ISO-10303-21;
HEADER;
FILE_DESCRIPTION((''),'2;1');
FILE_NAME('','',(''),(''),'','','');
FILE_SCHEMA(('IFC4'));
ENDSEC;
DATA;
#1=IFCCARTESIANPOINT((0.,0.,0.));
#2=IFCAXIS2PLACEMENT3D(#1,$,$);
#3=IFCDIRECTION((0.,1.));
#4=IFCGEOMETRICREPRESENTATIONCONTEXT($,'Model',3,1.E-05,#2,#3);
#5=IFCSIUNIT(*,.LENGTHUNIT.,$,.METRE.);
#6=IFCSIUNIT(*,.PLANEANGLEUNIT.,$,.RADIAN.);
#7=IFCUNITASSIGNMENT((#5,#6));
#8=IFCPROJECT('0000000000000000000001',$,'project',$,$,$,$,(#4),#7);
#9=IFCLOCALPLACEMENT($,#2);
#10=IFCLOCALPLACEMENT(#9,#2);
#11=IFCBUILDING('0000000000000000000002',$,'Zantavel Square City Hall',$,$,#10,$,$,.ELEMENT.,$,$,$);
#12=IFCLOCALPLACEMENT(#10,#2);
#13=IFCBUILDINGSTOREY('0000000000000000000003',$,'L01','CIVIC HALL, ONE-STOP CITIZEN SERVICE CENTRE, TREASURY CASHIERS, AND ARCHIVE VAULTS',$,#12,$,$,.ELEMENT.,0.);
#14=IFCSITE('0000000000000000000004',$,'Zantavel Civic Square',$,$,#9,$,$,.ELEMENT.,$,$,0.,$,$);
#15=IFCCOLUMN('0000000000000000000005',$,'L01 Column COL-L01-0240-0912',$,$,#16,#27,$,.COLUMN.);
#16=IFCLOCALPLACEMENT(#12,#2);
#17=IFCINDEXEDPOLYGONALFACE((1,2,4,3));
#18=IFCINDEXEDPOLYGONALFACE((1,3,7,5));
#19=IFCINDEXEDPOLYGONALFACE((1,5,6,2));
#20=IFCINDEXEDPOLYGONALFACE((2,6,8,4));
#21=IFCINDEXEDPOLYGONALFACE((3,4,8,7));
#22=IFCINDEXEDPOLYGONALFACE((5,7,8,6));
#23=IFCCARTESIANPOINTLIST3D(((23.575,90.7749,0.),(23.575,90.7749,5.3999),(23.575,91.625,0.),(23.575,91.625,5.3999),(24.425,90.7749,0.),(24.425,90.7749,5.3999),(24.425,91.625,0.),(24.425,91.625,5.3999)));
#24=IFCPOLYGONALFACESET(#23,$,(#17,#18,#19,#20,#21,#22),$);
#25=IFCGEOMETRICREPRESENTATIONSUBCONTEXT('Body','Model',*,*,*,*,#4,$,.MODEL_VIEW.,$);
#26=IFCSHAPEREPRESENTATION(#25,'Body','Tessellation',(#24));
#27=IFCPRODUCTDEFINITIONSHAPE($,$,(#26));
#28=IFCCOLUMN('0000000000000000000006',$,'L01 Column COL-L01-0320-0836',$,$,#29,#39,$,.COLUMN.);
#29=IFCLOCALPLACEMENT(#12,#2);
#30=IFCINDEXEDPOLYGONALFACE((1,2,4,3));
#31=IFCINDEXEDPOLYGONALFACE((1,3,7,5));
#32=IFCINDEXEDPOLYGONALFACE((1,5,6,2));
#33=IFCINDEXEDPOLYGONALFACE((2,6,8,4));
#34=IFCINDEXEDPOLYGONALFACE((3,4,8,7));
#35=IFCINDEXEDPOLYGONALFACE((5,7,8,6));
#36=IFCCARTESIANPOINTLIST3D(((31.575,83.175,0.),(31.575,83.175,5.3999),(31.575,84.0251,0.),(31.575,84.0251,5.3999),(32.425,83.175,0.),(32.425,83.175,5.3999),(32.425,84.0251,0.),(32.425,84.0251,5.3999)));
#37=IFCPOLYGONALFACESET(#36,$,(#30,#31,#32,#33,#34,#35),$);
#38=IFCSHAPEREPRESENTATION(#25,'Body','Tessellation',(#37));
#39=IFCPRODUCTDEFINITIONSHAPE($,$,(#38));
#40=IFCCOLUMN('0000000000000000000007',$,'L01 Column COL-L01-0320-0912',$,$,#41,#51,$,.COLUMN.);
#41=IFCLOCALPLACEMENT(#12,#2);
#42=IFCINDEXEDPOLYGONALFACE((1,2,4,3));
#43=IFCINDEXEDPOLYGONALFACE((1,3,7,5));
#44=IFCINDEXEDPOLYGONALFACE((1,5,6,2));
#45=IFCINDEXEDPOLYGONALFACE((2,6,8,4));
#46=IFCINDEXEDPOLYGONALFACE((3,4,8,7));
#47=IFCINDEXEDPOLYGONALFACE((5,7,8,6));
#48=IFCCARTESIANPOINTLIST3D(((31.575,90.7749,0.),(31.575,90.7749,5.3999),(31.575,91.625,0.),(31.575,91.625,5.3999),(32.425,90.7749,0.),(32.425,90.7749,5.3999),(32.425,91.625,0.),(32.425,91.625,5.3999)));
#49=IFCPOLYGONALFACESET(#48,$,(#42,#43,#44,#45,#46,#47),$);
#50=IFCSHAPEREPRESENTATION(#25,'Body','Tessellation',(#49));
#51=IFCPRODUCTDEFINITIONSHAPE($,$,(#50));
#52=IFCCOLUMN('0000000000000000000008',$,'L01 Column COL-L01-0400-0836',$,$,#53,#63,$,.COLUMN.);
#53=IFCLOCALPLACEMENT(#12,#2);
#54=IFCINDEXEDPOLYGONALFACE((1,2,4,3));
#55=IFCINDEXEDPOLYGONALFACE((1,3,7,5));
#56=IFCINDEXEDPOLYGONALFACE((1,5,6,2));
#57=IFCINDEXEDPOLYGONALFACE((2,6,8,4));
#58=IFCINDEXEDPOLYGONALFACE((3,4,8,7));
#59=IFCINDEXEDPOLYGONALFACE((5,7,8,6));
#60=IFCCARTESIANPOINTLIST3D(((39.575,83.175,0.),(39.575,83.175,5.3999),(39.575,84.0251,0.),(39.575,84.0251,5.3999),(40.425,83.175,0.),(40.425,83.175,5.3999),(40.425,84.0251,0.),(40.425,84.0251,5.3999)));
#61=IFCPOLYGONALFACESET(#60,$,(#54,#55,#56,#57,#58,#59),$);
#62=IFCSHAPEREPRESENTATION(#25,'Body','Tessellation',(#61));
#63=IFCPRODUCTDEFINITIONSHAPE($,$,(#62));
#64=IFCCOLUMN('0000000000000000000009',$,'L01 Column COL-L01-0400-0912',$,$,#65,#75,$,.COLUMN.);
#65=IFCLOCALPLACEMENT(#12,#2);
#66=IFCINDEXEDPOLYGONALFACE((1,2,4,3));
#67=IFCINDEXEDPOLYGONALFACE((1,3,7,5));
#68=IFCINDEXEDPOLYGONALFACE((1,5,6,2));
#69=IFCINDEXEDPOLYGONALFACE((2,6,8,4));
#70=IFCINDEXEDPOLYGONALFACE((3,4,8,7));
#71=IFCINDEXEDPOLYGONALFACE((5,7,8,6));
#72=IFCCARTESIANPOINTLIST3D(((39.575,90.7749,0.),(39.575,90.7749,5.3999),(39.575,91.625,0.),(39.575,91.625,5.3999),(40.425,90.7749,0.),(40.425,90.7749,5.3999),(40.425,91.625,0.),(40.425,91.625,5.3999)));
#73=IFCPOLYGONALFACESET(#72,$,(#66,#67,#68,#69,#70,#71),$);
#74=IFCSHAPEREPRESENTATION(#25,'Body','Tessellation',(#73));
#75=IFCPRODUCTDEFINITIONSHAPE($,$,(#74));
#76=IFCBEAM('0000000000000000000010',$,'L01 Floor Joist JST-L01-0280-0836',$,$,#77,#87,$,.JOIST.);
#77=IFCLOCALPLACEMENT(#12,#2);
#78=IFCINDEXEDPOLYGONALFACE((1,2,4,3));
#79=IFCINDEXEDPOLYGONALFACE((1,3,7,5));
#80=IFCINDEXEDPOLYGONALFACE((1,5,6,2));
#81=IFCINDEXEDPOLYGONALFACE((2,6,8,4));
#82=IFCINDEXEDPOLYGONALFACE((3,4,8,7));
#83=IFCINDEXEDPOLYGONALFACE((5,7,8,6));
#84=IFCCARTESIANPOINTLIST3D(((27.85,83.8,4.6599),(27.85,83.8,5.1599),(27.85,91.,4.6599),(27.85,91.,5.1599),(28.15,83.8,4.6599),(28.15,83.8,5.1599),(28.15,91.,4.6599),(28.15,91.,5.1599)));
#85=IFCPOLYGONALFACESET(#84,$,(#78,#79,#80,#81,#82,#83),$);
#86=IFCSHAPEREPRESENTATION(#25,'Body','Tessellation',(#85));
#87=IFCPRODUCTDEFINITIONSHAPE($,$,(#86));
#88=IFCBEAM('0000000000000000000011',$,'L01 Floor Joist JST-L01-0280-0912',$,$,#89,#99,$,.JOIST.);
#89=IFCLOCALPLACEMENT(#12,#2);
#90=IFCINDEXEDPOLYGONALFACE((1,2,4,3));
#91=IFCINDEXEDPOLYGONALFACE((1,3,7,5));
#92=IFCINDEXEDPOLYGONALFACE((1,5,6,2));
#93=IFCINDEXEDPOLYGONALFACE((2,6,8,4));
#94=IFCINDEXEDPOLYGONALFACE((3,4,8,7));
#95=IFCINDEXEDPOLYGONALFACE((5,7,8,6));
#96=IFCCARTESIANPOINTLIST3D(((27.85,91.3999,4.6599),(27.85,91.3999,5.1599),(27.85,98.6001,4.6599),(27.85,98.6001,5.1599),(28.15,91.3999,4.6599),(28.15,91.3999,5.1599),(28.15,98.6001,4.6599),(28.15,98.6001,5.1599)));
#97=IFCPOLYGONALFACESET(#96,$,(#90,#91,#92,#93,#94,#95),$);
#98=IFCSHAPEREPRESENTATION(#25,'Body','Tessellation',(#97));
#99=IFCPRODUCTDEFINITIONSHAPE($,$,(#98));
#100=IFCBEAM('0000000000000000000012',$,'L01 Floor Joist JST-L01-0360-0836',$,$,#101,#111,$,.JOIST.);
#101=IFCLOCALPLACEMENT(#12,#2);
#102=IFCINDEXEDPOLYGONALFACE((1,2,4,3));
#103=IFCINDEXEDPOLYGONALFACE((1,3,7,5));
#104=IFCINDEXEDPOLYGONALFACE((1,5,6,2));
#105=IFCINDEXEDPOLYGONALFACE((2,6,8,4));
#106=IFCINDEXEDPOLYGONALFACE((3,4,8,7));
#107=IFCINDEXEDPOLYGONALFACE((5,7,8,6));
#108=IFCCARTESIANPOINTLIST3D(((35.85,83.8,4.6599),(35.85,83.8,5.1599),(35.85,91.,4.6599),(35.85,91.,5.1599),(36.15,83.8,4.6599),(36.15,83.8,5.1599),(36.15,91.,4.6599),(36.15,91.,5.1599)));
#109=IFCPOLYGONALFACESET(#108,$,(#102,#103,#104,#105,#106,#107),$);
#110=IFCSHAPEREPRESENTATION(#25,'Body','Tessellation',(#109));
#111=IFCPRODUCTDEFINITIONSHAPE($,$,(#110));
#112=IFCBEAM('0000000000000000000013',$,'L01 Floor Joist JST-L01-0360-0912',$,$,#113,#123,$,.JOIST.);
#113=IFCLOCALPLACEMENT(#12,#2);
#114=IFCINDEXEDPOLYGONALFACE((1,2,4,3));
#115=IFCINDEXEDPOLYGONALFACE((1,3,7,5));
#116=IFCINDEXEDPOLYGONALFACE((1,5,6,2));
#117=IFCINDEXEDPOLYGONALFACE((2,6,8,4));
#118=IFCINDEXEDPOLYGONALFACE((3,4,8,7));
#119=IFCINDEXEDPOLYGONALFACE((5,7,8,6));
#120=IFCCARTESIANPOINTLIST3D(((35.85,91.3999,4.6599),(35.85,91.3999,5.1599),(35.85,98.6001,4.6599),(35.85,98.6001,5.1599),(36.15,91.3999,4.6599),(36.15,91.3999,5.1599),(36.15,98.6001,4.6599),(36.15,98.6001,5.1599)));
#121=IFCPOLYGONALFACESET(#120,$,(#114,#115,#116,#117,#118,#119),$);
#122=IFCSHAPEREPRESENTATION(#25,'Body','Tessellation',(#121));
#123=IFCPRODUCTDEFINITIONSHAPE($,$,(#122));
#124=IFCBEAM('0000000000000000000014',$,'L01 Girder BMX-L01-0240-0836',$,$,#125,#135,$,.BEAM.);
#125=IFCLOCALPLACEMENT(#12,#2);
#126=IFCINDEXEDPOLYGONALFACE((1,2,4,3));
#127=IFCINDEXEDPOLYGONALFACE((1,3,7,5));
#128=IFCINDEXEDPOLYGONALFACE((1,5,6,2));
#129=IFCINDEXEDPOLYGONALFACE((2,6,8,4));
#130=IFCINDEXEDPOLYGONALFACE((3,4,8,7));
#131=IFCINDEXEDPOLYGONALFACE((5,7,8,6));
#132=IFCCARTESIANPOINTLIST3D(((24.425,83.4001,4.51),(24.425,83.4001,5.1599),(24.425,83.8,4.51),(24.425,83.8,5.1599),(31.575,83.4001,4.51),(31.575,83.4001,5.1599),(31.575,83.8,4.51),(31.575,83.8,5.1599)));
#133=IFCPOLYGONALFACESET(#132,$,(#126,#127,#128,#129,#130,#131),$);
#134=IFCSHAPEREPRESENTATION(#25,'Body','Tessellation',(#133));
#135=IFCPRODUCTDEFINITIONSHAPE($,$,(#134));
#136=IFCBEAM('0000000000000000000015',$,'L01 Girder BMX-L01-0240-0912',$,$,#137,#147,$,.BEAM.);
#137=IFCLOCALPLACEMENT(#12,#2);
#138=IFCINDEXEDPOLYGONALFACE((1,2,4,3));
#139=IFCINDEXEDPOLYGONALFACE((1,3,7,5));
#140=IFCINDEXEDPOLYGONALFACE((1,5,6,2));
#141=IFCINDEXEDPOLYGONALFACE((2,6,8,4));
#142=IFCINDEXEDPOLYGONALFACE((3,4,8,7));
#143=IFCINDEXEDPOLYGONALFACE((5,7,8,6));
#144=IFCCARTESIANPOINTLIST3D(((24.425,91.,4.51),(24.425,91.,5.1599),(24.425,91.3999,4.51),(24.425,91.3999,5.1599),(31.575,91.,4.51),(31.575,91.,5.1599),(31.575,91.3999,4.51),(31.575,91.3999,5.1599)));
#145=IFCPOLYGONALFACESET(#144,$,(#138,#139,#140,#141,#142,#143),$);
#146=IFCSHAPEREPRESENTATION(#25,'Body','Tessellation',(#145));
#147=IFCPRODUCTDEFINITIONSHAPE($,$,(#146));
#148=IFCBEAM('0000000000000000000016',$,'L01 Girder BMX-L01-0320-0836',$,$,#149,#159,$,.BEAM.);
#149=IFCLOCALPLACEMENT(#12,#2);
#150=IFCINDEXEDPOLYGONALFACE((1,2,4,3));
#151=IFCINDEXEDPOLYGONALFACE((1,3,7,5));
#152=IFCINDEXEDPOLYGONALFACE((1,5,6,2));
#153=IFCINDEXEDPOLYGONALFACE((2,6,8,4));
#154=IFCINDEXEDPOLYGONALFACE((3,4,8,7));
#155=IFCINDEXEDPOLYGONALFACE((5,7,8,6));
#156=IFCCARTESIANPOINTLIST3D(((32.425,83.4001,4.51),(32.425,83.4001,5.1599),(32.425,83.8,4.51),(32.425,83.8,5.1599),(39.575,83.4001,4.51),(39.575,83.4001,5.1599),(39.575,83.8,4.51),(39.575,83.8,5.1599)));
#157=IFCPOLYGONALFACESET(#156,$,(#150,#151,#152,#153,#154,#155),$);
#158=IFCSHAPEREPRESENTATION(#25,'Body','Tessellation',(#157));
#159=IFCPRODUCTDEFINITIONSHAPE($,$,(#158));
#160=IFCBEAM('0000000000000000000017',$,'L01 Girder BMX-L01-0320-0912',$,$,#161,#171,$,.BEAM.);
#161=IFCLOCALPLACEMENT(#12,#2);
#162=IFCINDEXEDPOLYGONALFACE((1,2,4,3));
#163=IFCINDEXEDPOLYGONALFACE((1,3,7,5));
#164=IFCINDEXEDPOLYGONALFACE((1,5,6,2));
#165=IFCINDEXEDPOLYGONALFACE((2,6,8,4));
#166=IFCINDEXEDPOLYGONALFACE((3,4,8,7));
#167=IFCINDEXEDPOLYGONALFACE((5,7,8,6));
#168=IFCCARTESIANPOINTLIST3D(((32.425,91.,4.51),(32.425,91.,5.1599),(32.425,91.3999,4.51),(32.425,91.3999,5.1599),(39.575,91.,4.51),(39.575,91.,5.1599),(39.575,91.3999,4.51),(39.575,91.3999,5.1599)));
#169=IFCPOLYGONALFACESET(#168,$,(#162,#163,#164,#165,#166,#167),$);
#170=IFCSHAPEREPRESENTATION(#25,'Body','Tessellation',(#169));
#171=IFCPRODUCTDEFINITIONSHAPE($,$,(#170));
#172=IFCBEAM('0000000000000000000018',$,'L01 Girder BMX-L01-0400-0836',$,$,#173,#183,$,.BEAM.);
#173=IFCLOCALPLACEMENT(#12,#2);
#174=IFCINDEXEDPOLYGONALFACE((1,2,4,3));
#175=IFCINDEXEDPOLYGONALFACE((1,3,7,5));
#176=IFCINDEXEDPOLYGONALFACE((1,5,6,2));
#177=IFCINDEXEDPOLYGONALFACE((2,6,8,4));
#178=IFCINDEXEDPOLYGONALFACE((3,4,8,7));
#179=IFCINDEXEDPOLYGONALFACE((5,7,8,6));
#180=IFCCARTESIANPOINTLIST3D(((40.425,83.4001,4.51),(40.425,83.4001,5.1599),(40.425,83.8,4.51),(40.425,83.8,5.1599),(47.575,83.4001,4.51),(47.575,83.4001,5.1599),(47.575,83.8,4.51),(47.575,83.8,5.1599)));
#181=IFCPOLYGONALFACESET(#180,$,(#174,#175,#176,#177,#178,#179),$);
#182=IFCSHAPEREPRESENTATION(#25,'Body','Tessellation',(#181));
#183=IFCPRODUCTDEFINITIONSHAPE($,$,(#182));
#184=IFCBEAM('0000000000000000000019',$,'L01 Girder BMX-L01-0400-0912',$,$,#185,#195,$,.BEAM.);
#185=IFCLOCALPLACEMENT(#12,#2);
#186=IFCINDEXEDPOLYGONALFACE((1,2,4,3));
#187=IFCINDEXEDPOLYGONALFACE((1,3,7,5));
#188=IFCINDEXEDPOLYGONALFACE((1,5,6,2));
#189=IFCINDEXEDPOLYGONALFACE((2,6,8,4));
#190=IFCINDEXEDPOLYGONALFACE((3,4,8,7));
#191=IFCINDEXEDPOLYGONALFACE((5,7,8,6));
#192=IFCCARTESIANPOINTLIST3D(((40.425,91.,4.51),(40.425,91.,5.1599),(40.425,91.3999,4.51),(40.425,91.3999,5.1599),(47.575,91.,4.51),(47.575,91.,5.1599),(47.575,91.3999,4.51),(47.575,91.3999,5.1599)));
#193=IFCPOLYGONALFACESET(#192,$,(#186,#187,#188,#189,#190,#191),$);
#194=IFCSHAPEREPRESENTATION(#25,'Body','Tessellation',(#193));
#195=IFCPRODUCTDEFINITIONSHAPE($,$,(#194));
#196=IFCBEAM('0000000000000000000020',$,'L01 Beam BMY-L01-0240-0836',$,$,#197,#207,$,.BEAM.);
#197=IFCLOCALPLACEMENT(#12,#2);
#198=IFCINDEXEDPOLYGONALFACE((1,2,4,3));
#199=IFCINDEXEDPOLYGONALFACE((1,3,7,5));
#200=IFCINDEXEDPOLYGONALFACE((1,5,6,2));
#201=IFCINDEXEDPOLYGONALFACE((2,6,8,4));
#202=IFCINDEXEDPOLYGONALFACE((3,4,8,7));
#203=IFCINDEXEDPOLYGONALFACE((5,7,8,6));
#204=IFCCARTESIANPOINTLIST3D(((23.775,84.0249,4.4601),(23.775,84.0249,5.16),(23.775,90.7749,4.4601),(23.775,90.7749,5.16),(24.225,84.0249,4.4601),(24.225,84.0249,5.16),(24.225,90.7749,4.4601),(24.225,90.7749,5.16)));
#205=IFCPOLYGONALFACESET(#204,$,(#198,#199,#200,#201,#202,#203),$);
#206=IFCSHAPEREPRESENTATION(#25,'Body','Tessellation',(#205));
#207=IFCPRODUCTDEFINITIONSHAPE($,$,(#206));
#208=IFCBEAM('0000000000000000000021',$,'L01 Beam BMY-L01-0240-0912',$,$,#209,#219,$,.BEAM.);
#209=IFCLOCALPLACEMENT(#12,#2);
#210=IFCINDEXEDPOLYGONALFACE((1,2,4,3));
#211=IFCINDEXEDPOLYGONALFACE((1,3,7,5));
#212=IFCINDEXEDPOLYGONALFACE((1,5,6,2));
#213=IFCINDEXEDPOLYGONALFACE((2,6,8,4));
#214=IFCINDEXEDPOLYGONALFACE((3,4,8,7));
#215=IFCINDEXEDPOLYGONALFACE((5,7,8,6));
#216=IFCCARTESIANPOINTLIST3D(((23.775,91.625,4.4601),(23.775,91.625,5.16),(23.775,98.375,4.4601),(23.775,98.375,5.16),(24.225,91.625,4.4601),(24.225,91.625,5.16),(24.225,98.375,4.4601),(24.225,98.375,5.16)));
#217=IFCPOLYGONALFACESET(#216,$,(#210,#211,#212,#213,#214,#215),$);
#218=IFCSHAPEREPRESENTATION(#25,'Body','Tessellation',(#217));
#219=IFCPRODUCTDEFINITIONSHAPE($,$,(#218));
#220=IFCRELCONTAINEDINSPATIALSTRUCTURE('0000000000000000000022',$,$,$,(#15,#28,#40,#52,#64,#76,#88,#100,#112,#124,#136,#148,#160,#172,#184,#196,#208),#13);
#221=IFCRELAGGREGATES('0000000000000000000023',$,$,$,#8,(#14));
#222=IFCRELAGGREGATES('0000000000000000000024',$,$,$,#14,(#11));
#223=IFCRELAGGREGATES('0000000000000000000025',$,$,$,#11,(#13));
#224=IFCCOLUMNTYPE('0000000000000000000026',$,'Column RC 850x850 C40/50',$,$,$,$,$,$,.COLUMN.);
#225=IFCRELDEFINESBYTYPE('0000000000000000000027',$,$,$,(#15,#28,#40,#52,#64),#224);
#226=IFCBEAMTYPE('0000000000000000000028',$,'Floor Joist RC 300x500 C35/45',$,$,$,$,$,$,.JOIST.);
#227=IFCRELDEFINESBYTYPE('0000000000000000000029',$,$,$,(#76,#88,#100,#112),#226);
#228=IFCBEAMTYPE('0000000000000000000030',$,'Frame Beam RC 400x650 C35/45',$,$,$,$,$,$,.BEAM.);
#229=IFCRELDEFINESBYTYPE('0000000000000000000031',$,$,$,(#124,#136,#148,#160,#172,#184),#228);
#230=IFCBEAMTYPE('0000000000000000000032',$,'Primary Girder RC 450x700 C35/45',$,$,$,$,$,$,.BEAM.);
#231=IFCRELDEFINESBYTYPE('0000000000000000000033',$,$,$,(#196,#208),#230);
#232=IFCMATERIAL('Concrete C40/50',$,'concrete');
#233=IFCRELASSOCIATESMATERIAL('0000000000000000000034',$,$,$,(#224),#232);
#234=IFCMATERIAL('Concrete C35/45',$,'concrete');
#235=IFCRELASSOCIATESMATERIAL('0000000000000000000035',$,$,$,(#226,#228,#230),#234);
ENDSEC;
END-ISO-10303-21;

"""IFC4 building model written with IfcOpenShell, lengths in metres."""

from ifc_helpers import new_model, si_unit, direction, frame, origin, origin_2d, place, context, subcontext, project, spatial, rectangle, extrude, material, material_profile, profile_set, type_object, element, save


model = new_model("IFC4")

# Units and contexts
model_context = context("Model", 3, precision=1e-05, world=origin(), true_north=direction((0.0, 1.0)))
body_context = subcontext(model_context, "Body", "Model", "MODEL_VIEW")
ifc_project = project(units=[si_unit("LENGTHUNIT", "METRE"), si_unit("PLANEANGLEUNIT", "RADIAN")], contexts=[model_context])

# Site, building, storey
site_placement = place(None, origin())
site = spatial("IfcSite", under=ifc_project, at=site_placement, Name="Zantavel Civic Square", CompositionType="ELEMENT", RefElevation=0.0)
building_placement = place(site_placement, origin())
building = spatial("IfcBuilding", under=site, at=building_placement, Name="Zantavel Square City Hall", CompositionType="ELEMENT")
storey_placement = place(building_placement, origin())
storey = spatial("IfcBuildingStorey", under=building, at=storey_placement, Name="L01", Description="CIVIC HALL, ONE-STOP CITIZEN SERVICE CENTRE, TREASURY CASHIERS, AND ARCHIVE VAULTS", CompositionType="ELEMENT", Elevation=0.0)

# Columns
ifc_material_1 = material(Name="Concrete C40/50", Category="concrete")
ifc_material_profile_1 = material_profile(ifc_material_1, rectangle(XDim=0.8501, YDim=0.8501, at=origin_2d()), Name="RC 850x850")
ifc_profile_set_1 = profile_set([ifc_material_profile_1], Name="Concrete C40/50")
column_type = type_object("IfcColumnType", Name="Column RC 850x850 C40/50", PredefinedType="COLUMN", material=ifc_profile_set_1)
for number, where, z_axis, x_axis, name in (
    (1, (24.0, 91.2, 0.0), (0.0, 0.0, 1.0), (1.0, 0.0, 0.0), "L01 Column COL-L01-0240-0912"),
    (2, (32.0, 83.6001, 0.0), (0.0, 0.0, 1.0), (1.0, 0.0, 0.0), "L01 Column COL-L01-0320-0836"),
    (3, (32.0, 91.2, 0.0), (0.0, 0.0, 1.0), (1.0, 0.0, 0.0), "L01 Column COL-L01-0320-0912"),
    (4, (40.0, 83.6001, 0.0), (0.0, 0.0, 1.0), (1.0, 0.0, 0.0), "L01 Column COL-L01-0400-0836"),
    (5, (40.0, 91.2, 0.0), (0.0, 0.0, 1.0), (1.0, 0.0, 0.0), "L01 Column COL-L01-0400-0912"),
):
    element("IfcColumn", number, at=place(storey_placement, frame(where, z_axis=z_axis, x_axis=x_axis)), inside=storey, type_object=column_type, Name=name, PredefinedType="COLUMN", context=body_context, shape_type="SweptSolid", body=[
        extrude(rectangle(XDim=0.8501, YDim=0.8501, at=origin_2d()), origin(), (0.0, 0.0, 1.0), 5.3999),
    ])

# Beams
ifc_material_2 = material(Name="Concrete C35/45", Category="concrete")
ifc_material_profile_2 = material_profile(ifc_material_2, rectangle(XDim=0.3, YDim=0.5, at=origin_2d()), Name="RC 300x500")
ifc_profile_set_2 = profile_set([ifc_material_profile_2], Name="Concrete C35/45")
beam_type_1 = type_object("IfcBeamType", Name="Floor Joist RC 300x500 C35/45", PredefinedType="JOIST", material=ifc_profile_set_2)
beam_1_placement = place(storey_placement, frame((28.0, 83.8, 4.9099), z_axis=(0.0, 1.0, 0.0), x_axis=(-1.0, 0.0, 0.0)))
element("IfcBeam", 6, at=beam_1_placement, inside=storey, type_object=beam_type_1, Name="L01 Floor Joist JST-L01-0280-0836", PredefinedType="JOIST", context=body_context, shape_type="SweptSolid", body=[
    extrude(rectangle(XDim=0.3, YDim=0.5, at=origin_2d()), origin(), (0.0, 0.0, 1.0), 7.2),
])
beam_2_placement = place(storey_placement, frame((28.0, 91.3999, 4.9099), z_axis=(0.0, 1.0, 0.0), x_axis=(-1.0, 0.0, 0.0)))
element("IfcBeam", 7, at=beam_2_placement, inside=storey, type_object=beam_type_1, Name="L01 Floor Joist JST-L01-0280-0912", PredefinedType="JOIST", context=body_context, shape_type="SweptSolid", body=[
    extrude(rectangle(XDim=0.3, YDim=0.5, at=origin_2d()), origin(), (0.0, 0.0, 1.0), 7.2002),
])
beam_3_placement = place(storey_placement, frame((36.0, 83.8, 4.9099), z_axis=(0.0, 1.0, 0.0), x_axis=(-1.0, 0.0, 0.0)))
element("IfcBeam", 8, at=beam_3_placement, inside=storey, type_object=beam_type_1, Name="L01 Floor Joist JST-L01-0360-0836", PredefinedType="JOIST", context=body_context, shape_type="SweptSolid", body=[
    extrude(rectangle(XDim=0.3, YDim=0.5, at=origin_2d()), origin(), (0.0, 0.0, 1.0), 7.2),
])
beam_4_placement = place(storey_placement, frame((36.0, 91.3999, 4.9099), z_axis=(0.0, 1.0, 0.0), x_axis=(-1.0, 0.0, 0.0)))
element("IfcBeam", 9, at=beam_4_placement, inside=storey, type_object=beam_type_1, Name="L01 Floor Joist JST-L01-0360-0912", PredefinedType="JOIST", context=body_context, shape_type="SweptSolid", body=[
    extrude(rectangle(XDim=0.3, YDim=0.5, at=origin_2d()), origin(), (0.0, 0.0, 1.0), 7.2002),
])
ifc_material_profile_3 = material_profile(ifc_material_2, rectangle(XDim=0.3999, YDim=0.6499, at=origin_2d()), Name="RC 400x650")
ifc_profile_set_3 = profile_set([ifc_material_profile_3], Name="Concrete C35/45")
beam_type_2 = type_object("IfcBeamType", Name="Frame Beam RC 400x650 C35/45", PredefinedType="BEAM", material=ifc_profile_set_3)
for number, where, z_axis, x_axis, name in (
    (10, (24.425, 83.6001, 4.835), (1.0, 0.0, 0.0), (0.0, 1.0, 0.0), "L01 Girder BMX-L01-0240-0836"),
    (11, (24.425, 91.2, 4.835), (1.0, 0.0, 0.0), (0.0, 1.0, 0.0), "L01 Girder BMX-L01-0240-0912"),
    (12, (32.425, 83.6001, 4.835), (1.0, 0.0, 0.0), (0.0, 1.0, 0.0), "L01 Girder BMX-L01-0320-0836"),
    (13, (32.425, 91.2, 4.835), (1.0, 0.0, 0.0), (0.0, 1.0, 0.0), "L01 Girder BMX-L01-0320-0912"),
    (14, (40.425, 83.6001, 4.835), (1.0, 0.0, 0.0), (0.0, 1.0, 0.0), "L01 Girder BMX-L01-0400-0836"),
    (15, (40.425, 91.2, 4.835), (1.0, 0.0, 0.0), (0.0, 1.0, 0.0), "L01 Girder BMX-L01-0400-0912"),
):
    element("IfcBeam", number, at=place(storey_placement, frame(where, z_axis=z_axis, x_axis=x_axis)), inside=storey, type_object=beam_type_2, Name=name, PredefinedType="BEAM", context=body_context, shape_type="SweptSolid", body=[
        extrude(rectangle(XDim=0.3999, YDim=0.6499, at=origin_2d()), origin(), (0.0, 0.0, 1.0), 7.1499),
    ])
ifc_material_profile_4 = material_profile(ifc_material_2, rectangle(XDim=0.45, YDim=0.7, at=origin_2d()), Name="RC 450x700")
ifc_profile_set_4 = profile_set([ifc_material_profile_4], Name="Concrete C35/45")
beam_type_3 = type_object("IfcBeamType", Name="Primary Girder RC 450x700 C35/45", PredefinedType="BEAM", material=ifc_profile_set_4)
for number, where, z_axis, x_axis, name in (
    (16, (24.0, 84.0249, 4.8101), (0.0, 1.0, 0.0), (-1.0, 0.0, 0.0), "L01 Beam BMY-L01-0240-0836"),
    (17, (24.0, 91.625, 4.8101), (0.0, 1.0, 0.0), (-1.0, 0.0, 0.0), "L01 Beam BMY-L01-0240-0912"),
):
    element("IfcBeam", number, at=place(storey_placement, frame(where, z_axis=z_axis, x_axis=x_axis)), inside=storey, type_object=beam_type_3, Name=name, PredefinedType="BEAM", context=body_context, shape_type="SweptSolid", body=[
        extrude(rectangle(XDim=0.45, YDim=0.7, at=origin_2d()), origin(), (0.0, 0.0, 1.0), 6.75),
    ])

save(model, "model.ifc")
